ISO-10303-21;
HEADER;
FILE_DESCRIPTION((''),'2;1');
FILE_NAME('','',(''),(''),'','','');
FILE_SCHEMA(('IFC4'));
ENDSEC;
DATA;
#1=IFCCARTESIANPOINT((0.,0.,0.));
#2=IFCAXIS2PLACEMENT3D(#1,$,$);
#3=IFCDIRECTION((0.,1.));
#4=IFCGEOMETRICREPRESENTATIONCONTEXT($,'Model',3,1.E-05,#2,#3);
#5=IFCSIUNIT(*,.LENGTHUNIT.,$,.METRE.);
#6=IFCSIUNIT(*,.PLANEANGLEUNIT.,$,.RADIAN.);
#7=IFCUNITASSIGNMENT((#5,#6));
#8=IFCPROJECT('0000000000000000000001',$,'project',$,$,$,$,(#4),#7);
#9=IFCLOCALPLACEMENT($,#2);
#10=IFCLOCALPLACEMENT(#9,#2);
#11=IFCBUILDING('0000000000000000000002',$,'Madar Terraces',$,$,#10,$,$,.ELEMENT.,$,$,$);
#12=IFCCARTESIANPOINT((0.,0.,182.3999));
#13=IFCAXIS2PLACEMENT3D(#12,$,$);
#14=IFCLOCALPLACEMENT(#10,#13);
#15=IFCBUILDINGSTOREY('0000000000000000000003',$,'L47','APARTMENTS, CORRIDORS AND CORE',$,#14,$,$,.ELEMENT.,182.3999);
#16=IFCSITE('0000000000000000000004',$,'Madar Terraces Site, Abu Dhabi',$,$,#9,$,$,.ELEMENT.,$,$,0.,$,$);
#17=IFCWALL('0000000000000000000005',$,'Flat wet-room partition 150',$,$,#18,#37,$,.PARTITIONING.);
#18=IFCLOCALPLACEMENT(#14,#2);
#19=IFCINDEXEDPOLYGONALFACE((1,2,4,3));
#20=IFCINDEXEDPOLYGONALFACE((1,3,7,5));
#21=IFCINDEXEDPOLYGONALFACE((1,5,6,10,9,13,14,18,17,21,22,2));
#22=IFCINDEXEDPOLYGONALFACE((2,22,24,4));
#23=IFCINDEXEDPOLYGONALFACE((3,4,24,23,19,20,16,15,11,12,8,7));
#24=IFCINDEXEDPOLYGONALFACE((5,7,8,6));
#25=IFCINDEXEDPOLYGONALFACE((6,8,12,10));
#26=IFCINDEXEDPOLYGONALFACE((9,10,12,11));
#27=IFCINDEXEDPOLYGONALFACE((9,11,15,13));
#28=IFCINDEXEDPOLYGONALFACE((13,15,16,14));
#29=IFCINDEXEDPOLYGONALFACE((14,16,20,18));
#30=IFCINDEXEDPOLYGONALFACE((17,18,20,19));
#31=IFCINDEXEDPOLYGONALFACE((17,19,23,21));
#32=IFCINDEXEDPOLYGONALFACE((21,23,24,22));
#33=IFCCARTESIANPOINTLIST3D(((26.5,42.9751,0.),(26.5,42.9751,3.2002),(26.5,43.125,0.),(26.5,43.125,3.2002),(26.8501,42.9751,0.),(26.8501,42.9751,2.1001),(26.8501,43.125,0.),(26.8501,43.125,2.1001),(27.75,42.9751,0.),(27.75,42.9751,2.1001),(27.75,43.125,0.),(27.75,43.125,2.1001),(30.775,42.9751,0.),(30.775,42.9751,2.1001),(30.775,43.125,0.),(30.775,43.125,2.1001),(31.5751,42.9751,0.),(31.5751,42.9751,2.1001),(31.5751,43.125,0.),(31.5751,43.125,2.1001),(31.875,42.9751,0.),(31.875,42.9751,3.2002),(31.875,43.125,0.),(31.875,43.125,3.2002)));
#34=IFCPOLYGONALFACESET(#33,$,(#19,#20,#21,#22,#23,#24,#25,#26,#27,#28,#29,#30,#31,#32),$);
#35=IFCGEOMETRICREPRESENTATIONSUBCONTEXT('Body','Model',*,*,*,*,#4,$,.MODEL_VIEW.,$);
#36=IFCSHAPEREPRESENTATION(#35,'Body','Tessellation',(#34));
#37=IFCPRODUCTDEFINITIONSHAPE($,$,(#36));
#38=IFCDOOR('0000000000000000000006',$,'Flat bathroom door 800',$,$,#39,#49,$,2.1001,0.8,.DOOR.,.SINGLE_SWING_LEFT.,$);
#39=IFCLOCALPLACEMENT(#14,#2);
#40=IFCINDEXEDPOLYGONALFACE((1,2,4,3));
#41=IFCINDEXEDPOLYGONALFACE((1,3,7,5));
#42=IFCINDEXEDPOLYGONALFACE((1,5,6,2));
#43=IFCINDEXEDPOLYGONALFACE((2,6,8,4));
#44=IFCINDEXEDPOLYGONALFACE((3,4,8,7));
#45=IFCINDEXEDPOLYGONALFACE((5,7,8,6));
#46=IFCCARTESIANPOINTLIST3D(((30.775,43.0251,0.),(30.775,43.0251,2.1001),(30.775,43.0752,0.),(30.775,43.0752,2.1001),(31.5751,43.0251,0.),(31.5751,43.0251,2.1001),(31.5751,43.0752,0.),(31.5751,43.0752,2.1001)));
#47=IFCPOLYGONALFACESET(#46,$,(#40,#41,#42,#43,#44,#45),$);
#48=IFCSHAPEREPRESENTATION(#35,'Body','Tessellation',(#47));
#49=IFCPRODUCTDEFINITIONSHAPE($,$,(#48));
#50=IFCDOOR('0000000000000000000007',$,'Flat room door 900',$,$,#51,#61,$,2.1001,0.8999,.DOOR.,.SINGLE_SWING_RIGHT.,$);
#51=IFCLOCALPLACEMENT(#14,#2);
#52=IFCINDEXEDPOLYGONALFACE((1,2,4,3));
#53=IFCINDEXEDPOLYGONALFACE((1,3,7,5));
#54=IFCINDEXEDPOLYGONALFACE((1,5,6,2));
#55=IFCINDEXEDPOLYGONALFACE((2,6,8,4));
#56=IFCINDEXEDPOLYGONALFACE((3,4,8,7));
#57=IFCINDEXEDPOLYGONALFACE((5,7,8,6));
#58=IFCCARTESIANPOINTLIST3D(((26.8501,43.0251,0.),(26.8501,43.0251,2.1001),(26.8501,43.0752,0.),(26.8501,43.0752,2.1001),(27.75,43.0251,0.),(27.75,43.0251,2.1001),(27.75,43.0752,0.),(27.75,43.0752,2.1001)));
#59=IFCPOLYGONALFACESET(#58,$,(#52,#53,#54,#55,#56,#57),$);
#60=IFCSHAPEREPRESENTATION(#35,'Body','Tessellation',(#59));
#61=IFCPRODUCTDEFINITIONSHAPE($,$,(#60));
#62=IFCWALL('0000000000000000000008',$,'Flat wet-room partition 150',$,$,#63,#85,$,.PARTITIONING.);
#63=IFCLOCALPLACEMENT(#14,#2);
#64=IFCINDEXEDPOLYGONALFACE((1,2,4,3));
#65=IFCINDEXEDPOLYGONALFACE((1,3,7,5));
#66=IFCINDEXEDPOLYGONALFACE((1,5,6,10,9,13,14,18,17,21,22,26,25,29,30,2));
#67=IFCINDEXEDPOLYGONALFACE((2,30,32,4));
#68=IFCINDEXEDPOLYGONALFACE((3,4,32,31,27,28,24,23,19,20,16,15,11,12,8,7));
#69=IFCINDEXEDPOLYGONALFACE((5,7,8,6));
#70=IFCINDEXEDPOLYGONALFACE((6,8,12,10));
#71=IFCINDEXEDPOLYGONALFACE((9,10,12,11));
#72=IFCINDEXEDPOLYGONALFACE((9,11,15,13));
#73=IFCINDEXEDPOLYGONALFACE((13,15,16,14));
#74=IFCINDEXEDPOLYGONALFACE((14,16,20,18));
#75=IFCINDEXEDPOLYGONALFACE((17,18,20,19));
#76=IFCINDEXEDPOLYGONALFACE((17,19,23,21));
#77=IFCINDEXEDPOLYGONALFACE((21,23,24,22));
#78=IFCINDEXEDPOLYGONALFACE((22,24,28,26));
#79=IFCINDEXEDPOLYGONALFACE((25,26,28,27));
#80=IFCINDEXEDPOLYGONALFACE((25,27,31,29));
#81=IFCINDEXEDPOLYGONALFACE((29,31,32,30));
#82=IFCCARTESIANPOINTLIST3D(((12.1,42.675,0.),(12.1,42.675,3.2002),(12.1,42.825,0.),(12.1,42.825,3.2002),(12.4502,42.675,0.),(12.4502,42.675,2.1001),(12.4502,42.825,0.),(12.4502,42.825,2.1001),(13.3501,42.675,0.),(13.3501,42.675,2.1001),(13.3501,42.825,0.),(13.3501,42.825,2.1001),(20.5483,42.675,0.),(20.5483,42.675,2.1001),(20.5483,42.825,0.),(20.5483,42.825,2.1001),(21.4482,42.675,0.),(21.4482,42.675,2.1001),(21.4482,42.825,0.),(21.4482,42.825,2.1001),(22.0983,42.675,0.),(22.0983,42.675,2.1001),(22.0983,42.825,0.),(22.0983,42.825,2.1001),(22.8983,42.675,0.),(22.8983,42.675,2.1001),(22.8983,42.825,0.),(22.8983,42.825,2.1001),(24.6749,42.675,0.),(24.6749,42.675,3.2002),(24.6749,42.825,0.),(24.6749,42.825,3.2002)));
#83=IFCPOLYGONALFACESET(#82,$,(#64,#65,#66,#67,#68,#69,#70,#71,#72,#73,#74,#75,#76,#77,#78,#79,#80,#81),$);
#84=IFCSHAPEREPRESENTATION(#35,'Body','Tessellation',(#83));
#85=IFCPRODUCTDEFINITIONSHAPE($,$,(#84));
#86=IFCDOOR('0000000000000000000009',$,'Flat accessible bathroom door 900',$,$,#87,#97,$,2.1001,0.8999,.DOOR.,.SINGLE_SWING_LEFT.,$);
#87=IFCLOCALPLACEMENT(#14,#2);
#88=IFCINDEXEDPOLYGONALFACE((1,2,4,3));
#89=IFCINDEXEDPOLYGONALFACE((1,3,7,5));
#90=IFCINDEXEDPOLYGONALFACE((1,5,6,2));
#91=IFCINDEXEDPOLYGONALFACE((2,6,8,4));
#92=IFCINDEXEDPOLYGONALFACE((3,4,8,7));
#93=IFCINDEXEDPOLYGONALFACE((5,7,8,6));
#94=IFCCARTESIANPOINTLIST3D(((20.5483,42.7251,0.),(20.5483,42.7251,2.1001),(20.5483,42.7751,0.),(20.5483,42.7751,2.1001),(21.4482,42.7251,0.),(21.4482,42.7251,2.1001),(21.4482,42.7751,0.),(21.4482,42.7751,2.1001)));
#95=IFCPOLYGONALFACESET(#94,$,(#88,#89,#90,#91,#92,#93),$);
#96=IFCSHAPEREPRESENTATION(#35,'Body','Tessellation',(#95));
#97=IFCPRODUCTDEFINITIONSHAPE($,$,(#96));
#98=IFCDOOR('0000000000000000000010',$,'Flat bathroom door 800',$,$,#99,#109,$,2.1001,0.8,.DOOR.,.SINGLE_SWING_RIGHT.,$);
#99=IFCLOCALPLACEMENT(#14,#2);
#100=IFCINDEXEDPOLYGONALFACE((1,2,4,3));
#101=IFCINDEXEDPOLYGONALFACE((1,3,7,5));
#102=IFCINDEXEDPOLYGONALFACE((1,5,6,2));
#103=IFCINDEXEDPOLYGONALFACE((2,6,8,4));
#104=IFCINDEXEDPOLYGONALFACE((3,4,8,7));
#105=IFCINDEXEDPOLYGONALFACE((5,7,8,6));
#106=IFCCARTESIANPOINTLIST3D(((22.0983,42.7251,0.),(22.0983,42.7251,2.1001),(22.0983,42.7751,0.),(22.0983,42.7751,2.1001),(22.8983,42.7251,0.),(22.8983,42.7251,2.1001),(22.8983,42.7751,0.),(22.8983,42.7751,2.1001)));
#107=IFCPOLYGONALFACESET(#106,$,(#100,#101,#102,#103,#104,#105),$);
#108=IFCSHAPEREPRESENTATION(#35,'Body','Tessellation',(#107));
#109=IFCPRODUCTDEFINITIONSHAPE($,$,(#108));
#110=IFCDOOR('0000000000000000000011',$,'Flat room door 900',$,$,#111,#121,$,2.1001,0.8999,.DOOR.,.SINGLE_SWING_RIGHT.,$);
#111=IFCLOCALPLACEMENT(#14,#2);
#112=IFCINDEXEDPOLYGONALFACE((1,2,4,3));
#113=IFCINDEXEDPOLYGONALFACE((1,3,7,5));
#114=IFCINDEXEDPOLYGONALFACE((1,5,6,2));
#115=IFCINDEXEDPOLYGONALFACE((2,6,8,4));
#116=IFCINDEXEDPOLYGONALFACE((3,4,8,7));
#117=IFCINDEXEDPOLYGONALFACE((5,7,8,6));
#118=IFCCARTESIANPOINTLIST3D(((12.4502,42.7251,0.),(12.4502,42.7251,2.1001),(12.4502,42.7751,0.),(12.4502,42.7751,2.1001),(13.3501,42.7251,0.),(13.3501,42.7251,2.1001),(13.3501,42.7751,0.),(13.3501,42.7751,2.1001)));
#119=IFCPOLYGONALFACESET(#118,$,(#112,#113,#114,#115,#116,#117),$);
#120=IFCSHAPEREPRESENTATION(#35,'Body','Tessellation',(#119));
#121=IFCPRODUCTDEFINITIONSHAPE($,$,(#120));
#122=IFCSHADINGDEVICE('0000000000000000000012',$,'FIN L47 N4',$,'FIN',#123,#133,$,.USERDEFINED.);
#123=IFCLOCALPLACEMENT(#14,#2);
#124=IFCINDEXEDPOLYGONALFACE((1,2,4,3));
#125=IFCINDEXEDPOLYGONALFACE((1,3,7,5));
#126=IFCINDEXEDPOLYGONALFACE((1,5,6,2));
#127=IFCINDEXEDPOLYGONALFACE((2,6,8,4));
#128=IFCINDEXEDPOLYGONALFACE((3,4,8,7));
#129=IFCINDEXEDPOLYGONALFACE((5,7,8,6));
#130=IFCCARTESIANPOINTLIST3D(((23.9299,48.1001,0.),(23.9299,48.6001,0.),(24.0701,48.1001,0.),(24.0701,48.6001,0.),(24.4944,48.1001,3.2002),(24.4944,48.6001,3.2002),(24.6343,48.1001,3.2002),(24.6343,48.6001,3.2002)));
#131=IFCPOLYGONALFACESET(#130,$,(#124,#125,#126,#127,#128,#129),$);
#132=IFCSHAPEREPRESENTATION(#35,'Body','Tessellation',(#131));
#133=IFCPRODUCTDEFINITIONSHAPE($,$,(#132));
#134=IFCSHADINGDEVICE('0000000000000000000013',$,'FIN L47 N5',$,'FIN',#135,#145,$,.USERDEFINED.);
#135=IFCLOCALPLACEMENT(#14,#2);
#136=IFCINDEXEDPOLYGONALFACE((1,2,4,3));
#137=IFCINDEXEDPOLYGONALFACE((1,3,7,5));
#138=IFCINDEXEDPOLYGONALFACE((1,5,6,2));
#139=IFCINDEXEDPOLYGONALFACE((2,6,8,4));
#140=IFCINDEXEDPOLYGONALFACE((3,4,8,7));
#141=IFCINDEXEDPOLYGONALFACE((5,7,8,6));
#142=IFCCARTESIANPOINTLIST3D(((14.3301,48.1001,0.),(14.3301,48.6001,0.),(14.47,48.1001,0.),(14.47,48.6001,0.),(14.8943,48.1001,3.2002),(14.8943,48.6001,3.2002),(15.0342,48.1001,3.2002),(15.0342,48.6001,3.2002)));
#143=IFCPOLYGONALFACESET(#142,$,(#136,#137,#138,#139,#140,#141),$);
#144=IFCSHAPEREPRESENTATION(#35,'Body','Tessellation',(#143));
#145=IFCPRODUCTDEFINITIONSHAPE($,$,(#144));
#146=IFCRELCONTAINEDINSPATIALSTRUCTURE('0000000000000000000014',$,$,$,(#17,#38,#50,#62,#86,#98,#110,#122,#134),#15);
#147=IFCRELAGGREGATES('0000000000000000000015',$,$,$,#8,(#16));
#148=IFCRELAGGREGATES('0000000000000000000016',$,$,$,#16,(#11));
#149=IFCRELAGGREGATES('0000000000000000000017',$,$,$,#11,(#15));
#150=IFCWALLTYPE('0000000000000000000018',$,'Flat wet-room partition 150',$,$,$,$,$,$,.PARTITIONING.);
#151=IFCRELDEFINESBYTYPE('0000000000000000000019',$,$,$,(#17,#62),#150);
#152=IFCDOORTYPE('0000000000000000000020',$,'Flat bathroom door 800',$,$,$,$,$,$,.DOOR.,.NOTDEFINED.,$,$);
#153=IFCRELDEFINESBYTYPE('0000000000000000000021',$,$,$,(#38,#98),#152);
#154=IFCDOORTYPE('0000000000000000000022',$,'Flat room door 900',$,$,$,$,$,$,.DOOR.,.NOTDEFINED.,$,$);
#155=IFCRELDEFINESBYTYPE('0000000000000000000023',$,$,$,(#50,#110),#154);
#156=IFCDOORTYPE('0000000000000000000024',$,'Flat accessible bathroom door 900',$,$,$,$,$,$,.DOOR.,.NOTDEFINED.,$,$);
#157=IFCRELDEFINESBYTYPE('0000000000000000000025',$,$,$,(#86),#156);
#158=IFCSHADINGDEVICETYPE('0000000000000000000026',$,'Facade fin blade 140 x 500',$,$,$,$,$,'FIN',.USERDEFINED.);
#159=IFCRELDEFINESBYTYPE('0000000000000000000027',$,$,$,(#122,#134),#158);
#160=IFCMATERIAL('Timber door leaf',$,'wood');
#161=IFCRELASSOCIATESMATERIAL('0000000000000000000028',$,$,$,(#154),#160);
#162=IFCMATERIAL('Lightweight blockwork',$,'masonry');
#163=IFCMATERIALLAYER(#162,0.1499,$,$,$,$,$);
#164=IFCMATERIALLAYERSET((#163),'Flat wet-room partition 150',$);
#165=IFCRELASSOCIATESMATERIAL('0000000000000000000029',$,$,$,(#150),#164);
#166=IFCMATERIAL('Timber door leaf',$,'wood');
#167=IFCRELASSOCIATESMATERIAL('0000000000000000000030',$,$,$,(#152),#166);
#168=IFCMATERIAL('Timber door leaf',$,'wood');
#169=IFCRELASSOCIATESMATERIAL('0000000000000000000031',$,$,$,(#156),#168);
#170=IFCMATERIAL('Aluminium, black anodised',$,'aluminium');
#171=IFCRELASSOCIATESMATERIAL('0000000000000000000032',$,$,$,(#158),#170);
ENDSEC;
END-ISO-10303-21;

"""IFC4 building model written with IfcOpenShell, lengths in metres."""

from ifc_helpers import new_model, si_unit, direction, frame, frame_2d, origin, place, context, subcontext, project, spatial, polyline, rectangle, outline, extrude, material, layer, layer_set, type_object, element, fill, save


model = new_model("IFC4")

# Units and contexts
model_context = context("Model", 3, precision=1e-05, world=origin(), true_north=direction((0.0, 1.0)))
body_context = subcontext(model_context, "Body", "Model", "MODEL_VIEW")
ifc_project = project(units=[si_unit("LENGTHUNIT", "METRE"), si_unit("PLANEANGLEUNIT", "RADIAN")], contexts=[model_context])

# Site, building, storey
site_placement = place(None, origin())
site = spatial("IfcSite", under=ifc_project, at=site_placement, Name="Madar Terraces Site, Abu Dhabi", CompositionType="ELEMENT", RefElevation=0.0)
building_placement = place(site_placement, origin())
building = spatial("IfcBuilding", under=site, at=building_placement, Name="Madar Terraces", CompositionType="ELEMENT")
storey_placement = place(building_placement, frame((0.0, 0.0, 182.3999)))
storey = spatial("IfcBuildingStorey", under=building, at=storey_placement, Name="L47", Description="APARTMENTS, CORRIDORS AND CORE", CompositionType="ELEMENT", Elevation=182.3999)

# Shared definitions
ifc_material_1 = material(Name="Timber door leaf", Category="wood")
door_type_1 = type_object("IfcDoorType", Name="Flat room door 900", OperationType="NOTDEFINED", PredefinedType="DOOR", material=ifc_material_1)

# Shared definitions
ifc_material_2 = material(Name="Lightweight blockwork", Category="masonry")
ifc_layer_1 = layer(ifc_material_2, 0.1499)
ifc_layer_set_1 = layer_set([ifc_layer_1], Name="Flat wet-room partition 150")
wall_type_1 = type_object("IfcWallType", Name="Flat wet-room partition 150", PredefinedType="PARTITIONING", material=ifc_layer_set_1)

# Walls, openings, doors
wall_1_placement = place(storey_placement, frame((31.875, 43.05, 0.0), z_axis=(0.0, 0.0, 1.0), x_axis=(-1.0, 0.0, 0.0)))
wall_1 = element("IfcWall", 1, at=wall_1_placement, inside=storey, type_object=wall_type_1, Name="Flat wet-room partition 150", PredefinedType="PARTITIONING", context=body_context, shape_type="SweptSolid", body=[
    extrude(rectangle(XDim=5.375, YDim=0.1499, at=frame_2d((2.6875, 0.0))), origin(), (0.0, 0.0, 1.0), 3.2002),
])
opening_1_placement = place(wall_1_placement, frame((0.3, 0.0, 0.0)))
opening_1 = element("IfcOpeningElement", 2, at=opening_1_placement, cuts=wall_1, PredefinedType="OPENING", context=body_context, shape_type="SweptSolid", body=[
    extrude(rectangle(XDim=0.8, YDim=2.1001, at=frame_2d((0.3999, 1.05))), frame((0.0, 0.085, 0.0), z_axis=(0.0, -1.0, 0.0), x_axis=(1.0, 0.0, 0.0)), (0.0, 0.0, 1.0), 0.1699),
])
opening_2_placement = place(wall_1_placement, frame((4.125, 0.0, 0.0)))
opening_2 = element("IfcOpeningElement", 3, at=opening_2_placement, cuts=wall_1, PredefinedType="OPENING", context=body_context, shape_type="SweptSolid", body=[
    extrude(rectangle(XDim=0.8999, YDim=2.1001, at=frame_2d((0.45, 1.05))), frame((0.0, 0.085, 0.0), z_axis=(0.0, -1.0, 0.0), x_axis=(1.0, 0.0, 0.0)), (0.0, 0.0, 1.0), 0.1699),
])
ifc_material_3 = material(Name="Timber door leaf", Category="wood")
door_type_2 = type_object("IfcDoorType", Name="Flat bathroom door 800", OperationType="NOTDEFINED", PredefinedType="DOOR", material=ifc_material_3)
door_1_placement = place(opening_1_placement, origin())
door_1 = element("IfcDoor", 4, at=door_1_placement, inside=storey, type_object=door_type_2, Name="Flat bathroom door 800", OperationType="SINGLE_SWING_LEFT", OverallHeight=2.1001, OverallWidth=0.8, PredefinedType="DOOR", context=body_context, shape_type="SweptSolid", body=[
    extrude(rectangle(XDim=0.8, YDim=2.1001, at=frame_2d((0.3999, 1.05))), frame((0.0, 0.0249, 0.0), z_axis=(0.0, -1.0, 0.0), x_axis=(1.0, 0.0, 0.0)), (0.0, 0.0, 1.0), 0.05),
])
fill(opening_1, door_1)
door_2_placement = place(opening_2_placement, origin())
door_2 = element("IfcDoor", 5, at=door_2_placement, inside=storey, type_object=door_type_1, Name="Flat room door 900", OperationType="SINGLE_SWING_RIGHT", OverallHeight=2.1001, OverallWidth=0.8999, PredefinedType="DOOR", context=body_context, shape_type="SweptSolid", body=[
    extrude(rectangle(XDim=0.8999, YDim=2.1001, at=frame_2d((0.45, 1.05))), frame((0.0, 0.0249, 0.0), z_axis=(0.0, -1.0, 0.0), x_axis=(1.0, 0.0, 0.0)), (0.0, 0.0, 1.0), 0.05),
])
fill(opening_2, door_2)
wall_2_placement = place(storey_placement, frame((24.675, 42.75, 0.0), z_axis=(0.0, 0.0, 1.0), x_axis=(-1.0, 0.0, 0.0)))
wall_2 = element("IfcWall", 6, at=wall_2_placement, inside=storey, type_object=wall_type_1, Name="Flat wet-room partition 150", PredefinedType="PARTITIONING", context=body_context, shape_type="SweptSolid", body=[
    extrude(rectangle(XDim=12.575, YDim=0.1499, at=frame_2d((6.2876, 0.0))), origin(), (0.0, 0.0, 1.0), 3.2002),
])
opening_3_placement = place(wall_2_placement, frame((1.7769, 0.0, 0.0)))
opening_3 = element("IfcOpeningElement", 7, at=opening_3_placement, cuts=wall_2, PredefinedType="OPENING", context=body_context, shape_type="SweptSolid", body=[
    extrude(rectangle(XDim=0.8, YDim=2.1001, at=frame_2d((0.3999, 1.05))), frame((0.0, 0.085, 0.0), z_axis=(0.0, -1.0, 0.0), x_axis=(1.0, 0.0, 0.0)), (0.0, 0.0, 1.0), 0.1699),
])
opening_4_placement = place(wall_2_placement, frame((3.2268, 0.0, 0.0)))
opening_4 = element("IfcOpeningElement", 8, at=opening_4_placement, cuts=wall_2, PredefinedType="OPENING", context=body_context, shape_type="SweptSolid", body=[
    extrude(rectangle(XDim=0.8999, YDim=2.1001, at=frame_2d((0.45, 1.05))), frame((0.0, 0.085, 0.0), z_axis=(0.0, -1.0, 0.0), x_axis=(1.0, 0.0, 0.0)), (0.0, 0.0, 1.0), 0.1699),
])
opening_5_placement = place(wall_2_placement, frame((11.325, 0.0, 0.0)))
opening_5 = element("IfcOpeningElement", 9, at=opening_5_placement, cuts=wall_2, PredefinedType="OPENING", context=body_context, shape_type="SweptSolid", body=[
    extrude(rectangle(XDim=0.8999, YDim=2.1001, at=frame_2d((0.45, 1.05))), frame((0.0, 0.085, 0.0), z_axis=(0.0, -1.0, 0.0), x_axis=(1.0, 0.0, 0.0)), (0.0, 0.0, 1.0), 0.1699),
])
ifc_material_4 = material(Name="Timber door leaf", Category="wood")
door_type_3 = type_object("IfcDoorType", Name="Flat accessible bathroom door 900", OperationType="NOTDEFINED", PredefinedType="DOOR", material=ifc_material_4)
door_3_placement = place(opening_4_placement, origin())
door_3 = element("IfcDoor", 10, at=door_3_placement, inside=storey, type_object=door_type_3, Name="Flat accessible bathroom door 900", OperationType="SINGLE_SWING_LEFT", OverallHeight=2.1001, OverallWidth=0.8999, PredefinedType="DOOR", context=body_context, shape_type="SweptSolid", body=[
    extrude(rectangle(XDim=0.8999, YDim=2.1001, at=frame_2d((0.45, 1.05))), frame((0.0, 0.0249, 0.0), z_axis=(0.0, -1.0, 0.0), x_axis=(1.0, 0.0, 0.0)), (0.0, 0.0, 1.0), 0.05),
])
fill(opening_4, door_3)
door_4_placement = place(opening_3_placement, origin())
door_4 = element("IfcDoor", 11, at=door_4_placement, inside=storey, type_object=door_type_2, Name="Flat bathroom door 800", OperationType="SINGLE_SWING_RIGHT", OverallHeight=2.1001, OverallWidth=0.8, PredefinedType="DOOR", context=body_context, shape_type="SweptSolid", body=[
    extrude(rectangle(XDim=0.8, YDim=2.1001, at=frame_2d((0.3999, 1.05))), frame((0.0, 0.0249, 0.0), z_axis=(0.0, -1.0, 0.0), x_axis=(1.0, 0.0, 0.0)), (0.0, 0.0, 1.0), 0.05),
])
fill(opening_3, door_4)
door_5_placement = place(opening_5_placement, origin())
door_5 = element("IfcDoor", 12, at=door_5_placement, inside=storey, type_object=door_type_1, Name="Flat room door 900", OperationType="SINGLE_SWING_RIGHT", OverallHeight=2.1001, OverallWidth=0.8999, PredefinedType="DOOR", context=body_context, shape_type="SweptSolid", body=[
    extrude(rectangle(XDim=0.8999, YDim=2.1001, at=frame_2d((0.45, 1.05))), frame((0.0, 0.0249, 0.0), z_axis=(0.0, -1.0, 0.0), x_axis=(1.0, 0.0, 0.0)), (0.0, 0.0, 1.0), 0.05),
])
fill(opening_5, door_5)

# Shading devices
ifc_material_5 = material(Name="Aluminium, black anodised", Category="aluminium")
shading_device_type = type_object("IfcShadingDeviceType", Name="Facade fin blade 140 x 500", ElementType="FIN", PredefinedType="USERDEFINED", material=ifc_material_5)
shading_device_1_placement = place(storey_placement, frame((24.0701, 48.3501, 0.0), z_axis=(0.0, 0.0, 1.0), x_axis=(-1.0, 0.0, 0.0)))
element("IfcShadingDevice", 13, at=shading_device_1_placement, inside=storey, type_object=shading_device_type, Name="FIN L47 N4", ObjectType="FIN", PredefinedType="USERDEFINED", context=body_context, shape_type="SweptSolid", body=[
    extrude(outline(polyline([(0.0, 0.0), (0.1401, 0.0), (-0.4243, 3.2002), (-0.5642, 3.2002), (0.0, 0.0)])), frame((0.0, 0.25, 0.0), z_axis=(0.0, -1.0, 0.0), x_axis=(1.0, 0.0, 0.0)), (0.0, 0.0, 1.0), 0.5),
])
shading_device_2_placement = place(storey_placement, frame((14.47, 48.3501, 0.0), z_axis=(0.0, 0.0, 1.0), x_axis=(-1.0, 0.0, 0.0)))
element("IfcShadingDevice", 14, at=shading_device_2_placement, inside=storey, type_object=shading_device_type, Name="FIN L47 N5", ObjectType="FIN", PredefinedType="USERDEFINED", context=body_context, shape_type="SweptSolid", body=[
    extrude(outline(polyline([(0.0, 0.0), (0.1399, 0.0), (-0.4243, 3.2002), (-0.5642, 3.2002), (0.0, 0.0)])), frame((0.0, 0.25, 0.0), z_axis=(0.0, -1.0, 0.0), x_axis=(1.0, 0.0, 0.0)), (0.0, 0.0, 1.0), 0.5),
])

save(model, "model.ifc")
